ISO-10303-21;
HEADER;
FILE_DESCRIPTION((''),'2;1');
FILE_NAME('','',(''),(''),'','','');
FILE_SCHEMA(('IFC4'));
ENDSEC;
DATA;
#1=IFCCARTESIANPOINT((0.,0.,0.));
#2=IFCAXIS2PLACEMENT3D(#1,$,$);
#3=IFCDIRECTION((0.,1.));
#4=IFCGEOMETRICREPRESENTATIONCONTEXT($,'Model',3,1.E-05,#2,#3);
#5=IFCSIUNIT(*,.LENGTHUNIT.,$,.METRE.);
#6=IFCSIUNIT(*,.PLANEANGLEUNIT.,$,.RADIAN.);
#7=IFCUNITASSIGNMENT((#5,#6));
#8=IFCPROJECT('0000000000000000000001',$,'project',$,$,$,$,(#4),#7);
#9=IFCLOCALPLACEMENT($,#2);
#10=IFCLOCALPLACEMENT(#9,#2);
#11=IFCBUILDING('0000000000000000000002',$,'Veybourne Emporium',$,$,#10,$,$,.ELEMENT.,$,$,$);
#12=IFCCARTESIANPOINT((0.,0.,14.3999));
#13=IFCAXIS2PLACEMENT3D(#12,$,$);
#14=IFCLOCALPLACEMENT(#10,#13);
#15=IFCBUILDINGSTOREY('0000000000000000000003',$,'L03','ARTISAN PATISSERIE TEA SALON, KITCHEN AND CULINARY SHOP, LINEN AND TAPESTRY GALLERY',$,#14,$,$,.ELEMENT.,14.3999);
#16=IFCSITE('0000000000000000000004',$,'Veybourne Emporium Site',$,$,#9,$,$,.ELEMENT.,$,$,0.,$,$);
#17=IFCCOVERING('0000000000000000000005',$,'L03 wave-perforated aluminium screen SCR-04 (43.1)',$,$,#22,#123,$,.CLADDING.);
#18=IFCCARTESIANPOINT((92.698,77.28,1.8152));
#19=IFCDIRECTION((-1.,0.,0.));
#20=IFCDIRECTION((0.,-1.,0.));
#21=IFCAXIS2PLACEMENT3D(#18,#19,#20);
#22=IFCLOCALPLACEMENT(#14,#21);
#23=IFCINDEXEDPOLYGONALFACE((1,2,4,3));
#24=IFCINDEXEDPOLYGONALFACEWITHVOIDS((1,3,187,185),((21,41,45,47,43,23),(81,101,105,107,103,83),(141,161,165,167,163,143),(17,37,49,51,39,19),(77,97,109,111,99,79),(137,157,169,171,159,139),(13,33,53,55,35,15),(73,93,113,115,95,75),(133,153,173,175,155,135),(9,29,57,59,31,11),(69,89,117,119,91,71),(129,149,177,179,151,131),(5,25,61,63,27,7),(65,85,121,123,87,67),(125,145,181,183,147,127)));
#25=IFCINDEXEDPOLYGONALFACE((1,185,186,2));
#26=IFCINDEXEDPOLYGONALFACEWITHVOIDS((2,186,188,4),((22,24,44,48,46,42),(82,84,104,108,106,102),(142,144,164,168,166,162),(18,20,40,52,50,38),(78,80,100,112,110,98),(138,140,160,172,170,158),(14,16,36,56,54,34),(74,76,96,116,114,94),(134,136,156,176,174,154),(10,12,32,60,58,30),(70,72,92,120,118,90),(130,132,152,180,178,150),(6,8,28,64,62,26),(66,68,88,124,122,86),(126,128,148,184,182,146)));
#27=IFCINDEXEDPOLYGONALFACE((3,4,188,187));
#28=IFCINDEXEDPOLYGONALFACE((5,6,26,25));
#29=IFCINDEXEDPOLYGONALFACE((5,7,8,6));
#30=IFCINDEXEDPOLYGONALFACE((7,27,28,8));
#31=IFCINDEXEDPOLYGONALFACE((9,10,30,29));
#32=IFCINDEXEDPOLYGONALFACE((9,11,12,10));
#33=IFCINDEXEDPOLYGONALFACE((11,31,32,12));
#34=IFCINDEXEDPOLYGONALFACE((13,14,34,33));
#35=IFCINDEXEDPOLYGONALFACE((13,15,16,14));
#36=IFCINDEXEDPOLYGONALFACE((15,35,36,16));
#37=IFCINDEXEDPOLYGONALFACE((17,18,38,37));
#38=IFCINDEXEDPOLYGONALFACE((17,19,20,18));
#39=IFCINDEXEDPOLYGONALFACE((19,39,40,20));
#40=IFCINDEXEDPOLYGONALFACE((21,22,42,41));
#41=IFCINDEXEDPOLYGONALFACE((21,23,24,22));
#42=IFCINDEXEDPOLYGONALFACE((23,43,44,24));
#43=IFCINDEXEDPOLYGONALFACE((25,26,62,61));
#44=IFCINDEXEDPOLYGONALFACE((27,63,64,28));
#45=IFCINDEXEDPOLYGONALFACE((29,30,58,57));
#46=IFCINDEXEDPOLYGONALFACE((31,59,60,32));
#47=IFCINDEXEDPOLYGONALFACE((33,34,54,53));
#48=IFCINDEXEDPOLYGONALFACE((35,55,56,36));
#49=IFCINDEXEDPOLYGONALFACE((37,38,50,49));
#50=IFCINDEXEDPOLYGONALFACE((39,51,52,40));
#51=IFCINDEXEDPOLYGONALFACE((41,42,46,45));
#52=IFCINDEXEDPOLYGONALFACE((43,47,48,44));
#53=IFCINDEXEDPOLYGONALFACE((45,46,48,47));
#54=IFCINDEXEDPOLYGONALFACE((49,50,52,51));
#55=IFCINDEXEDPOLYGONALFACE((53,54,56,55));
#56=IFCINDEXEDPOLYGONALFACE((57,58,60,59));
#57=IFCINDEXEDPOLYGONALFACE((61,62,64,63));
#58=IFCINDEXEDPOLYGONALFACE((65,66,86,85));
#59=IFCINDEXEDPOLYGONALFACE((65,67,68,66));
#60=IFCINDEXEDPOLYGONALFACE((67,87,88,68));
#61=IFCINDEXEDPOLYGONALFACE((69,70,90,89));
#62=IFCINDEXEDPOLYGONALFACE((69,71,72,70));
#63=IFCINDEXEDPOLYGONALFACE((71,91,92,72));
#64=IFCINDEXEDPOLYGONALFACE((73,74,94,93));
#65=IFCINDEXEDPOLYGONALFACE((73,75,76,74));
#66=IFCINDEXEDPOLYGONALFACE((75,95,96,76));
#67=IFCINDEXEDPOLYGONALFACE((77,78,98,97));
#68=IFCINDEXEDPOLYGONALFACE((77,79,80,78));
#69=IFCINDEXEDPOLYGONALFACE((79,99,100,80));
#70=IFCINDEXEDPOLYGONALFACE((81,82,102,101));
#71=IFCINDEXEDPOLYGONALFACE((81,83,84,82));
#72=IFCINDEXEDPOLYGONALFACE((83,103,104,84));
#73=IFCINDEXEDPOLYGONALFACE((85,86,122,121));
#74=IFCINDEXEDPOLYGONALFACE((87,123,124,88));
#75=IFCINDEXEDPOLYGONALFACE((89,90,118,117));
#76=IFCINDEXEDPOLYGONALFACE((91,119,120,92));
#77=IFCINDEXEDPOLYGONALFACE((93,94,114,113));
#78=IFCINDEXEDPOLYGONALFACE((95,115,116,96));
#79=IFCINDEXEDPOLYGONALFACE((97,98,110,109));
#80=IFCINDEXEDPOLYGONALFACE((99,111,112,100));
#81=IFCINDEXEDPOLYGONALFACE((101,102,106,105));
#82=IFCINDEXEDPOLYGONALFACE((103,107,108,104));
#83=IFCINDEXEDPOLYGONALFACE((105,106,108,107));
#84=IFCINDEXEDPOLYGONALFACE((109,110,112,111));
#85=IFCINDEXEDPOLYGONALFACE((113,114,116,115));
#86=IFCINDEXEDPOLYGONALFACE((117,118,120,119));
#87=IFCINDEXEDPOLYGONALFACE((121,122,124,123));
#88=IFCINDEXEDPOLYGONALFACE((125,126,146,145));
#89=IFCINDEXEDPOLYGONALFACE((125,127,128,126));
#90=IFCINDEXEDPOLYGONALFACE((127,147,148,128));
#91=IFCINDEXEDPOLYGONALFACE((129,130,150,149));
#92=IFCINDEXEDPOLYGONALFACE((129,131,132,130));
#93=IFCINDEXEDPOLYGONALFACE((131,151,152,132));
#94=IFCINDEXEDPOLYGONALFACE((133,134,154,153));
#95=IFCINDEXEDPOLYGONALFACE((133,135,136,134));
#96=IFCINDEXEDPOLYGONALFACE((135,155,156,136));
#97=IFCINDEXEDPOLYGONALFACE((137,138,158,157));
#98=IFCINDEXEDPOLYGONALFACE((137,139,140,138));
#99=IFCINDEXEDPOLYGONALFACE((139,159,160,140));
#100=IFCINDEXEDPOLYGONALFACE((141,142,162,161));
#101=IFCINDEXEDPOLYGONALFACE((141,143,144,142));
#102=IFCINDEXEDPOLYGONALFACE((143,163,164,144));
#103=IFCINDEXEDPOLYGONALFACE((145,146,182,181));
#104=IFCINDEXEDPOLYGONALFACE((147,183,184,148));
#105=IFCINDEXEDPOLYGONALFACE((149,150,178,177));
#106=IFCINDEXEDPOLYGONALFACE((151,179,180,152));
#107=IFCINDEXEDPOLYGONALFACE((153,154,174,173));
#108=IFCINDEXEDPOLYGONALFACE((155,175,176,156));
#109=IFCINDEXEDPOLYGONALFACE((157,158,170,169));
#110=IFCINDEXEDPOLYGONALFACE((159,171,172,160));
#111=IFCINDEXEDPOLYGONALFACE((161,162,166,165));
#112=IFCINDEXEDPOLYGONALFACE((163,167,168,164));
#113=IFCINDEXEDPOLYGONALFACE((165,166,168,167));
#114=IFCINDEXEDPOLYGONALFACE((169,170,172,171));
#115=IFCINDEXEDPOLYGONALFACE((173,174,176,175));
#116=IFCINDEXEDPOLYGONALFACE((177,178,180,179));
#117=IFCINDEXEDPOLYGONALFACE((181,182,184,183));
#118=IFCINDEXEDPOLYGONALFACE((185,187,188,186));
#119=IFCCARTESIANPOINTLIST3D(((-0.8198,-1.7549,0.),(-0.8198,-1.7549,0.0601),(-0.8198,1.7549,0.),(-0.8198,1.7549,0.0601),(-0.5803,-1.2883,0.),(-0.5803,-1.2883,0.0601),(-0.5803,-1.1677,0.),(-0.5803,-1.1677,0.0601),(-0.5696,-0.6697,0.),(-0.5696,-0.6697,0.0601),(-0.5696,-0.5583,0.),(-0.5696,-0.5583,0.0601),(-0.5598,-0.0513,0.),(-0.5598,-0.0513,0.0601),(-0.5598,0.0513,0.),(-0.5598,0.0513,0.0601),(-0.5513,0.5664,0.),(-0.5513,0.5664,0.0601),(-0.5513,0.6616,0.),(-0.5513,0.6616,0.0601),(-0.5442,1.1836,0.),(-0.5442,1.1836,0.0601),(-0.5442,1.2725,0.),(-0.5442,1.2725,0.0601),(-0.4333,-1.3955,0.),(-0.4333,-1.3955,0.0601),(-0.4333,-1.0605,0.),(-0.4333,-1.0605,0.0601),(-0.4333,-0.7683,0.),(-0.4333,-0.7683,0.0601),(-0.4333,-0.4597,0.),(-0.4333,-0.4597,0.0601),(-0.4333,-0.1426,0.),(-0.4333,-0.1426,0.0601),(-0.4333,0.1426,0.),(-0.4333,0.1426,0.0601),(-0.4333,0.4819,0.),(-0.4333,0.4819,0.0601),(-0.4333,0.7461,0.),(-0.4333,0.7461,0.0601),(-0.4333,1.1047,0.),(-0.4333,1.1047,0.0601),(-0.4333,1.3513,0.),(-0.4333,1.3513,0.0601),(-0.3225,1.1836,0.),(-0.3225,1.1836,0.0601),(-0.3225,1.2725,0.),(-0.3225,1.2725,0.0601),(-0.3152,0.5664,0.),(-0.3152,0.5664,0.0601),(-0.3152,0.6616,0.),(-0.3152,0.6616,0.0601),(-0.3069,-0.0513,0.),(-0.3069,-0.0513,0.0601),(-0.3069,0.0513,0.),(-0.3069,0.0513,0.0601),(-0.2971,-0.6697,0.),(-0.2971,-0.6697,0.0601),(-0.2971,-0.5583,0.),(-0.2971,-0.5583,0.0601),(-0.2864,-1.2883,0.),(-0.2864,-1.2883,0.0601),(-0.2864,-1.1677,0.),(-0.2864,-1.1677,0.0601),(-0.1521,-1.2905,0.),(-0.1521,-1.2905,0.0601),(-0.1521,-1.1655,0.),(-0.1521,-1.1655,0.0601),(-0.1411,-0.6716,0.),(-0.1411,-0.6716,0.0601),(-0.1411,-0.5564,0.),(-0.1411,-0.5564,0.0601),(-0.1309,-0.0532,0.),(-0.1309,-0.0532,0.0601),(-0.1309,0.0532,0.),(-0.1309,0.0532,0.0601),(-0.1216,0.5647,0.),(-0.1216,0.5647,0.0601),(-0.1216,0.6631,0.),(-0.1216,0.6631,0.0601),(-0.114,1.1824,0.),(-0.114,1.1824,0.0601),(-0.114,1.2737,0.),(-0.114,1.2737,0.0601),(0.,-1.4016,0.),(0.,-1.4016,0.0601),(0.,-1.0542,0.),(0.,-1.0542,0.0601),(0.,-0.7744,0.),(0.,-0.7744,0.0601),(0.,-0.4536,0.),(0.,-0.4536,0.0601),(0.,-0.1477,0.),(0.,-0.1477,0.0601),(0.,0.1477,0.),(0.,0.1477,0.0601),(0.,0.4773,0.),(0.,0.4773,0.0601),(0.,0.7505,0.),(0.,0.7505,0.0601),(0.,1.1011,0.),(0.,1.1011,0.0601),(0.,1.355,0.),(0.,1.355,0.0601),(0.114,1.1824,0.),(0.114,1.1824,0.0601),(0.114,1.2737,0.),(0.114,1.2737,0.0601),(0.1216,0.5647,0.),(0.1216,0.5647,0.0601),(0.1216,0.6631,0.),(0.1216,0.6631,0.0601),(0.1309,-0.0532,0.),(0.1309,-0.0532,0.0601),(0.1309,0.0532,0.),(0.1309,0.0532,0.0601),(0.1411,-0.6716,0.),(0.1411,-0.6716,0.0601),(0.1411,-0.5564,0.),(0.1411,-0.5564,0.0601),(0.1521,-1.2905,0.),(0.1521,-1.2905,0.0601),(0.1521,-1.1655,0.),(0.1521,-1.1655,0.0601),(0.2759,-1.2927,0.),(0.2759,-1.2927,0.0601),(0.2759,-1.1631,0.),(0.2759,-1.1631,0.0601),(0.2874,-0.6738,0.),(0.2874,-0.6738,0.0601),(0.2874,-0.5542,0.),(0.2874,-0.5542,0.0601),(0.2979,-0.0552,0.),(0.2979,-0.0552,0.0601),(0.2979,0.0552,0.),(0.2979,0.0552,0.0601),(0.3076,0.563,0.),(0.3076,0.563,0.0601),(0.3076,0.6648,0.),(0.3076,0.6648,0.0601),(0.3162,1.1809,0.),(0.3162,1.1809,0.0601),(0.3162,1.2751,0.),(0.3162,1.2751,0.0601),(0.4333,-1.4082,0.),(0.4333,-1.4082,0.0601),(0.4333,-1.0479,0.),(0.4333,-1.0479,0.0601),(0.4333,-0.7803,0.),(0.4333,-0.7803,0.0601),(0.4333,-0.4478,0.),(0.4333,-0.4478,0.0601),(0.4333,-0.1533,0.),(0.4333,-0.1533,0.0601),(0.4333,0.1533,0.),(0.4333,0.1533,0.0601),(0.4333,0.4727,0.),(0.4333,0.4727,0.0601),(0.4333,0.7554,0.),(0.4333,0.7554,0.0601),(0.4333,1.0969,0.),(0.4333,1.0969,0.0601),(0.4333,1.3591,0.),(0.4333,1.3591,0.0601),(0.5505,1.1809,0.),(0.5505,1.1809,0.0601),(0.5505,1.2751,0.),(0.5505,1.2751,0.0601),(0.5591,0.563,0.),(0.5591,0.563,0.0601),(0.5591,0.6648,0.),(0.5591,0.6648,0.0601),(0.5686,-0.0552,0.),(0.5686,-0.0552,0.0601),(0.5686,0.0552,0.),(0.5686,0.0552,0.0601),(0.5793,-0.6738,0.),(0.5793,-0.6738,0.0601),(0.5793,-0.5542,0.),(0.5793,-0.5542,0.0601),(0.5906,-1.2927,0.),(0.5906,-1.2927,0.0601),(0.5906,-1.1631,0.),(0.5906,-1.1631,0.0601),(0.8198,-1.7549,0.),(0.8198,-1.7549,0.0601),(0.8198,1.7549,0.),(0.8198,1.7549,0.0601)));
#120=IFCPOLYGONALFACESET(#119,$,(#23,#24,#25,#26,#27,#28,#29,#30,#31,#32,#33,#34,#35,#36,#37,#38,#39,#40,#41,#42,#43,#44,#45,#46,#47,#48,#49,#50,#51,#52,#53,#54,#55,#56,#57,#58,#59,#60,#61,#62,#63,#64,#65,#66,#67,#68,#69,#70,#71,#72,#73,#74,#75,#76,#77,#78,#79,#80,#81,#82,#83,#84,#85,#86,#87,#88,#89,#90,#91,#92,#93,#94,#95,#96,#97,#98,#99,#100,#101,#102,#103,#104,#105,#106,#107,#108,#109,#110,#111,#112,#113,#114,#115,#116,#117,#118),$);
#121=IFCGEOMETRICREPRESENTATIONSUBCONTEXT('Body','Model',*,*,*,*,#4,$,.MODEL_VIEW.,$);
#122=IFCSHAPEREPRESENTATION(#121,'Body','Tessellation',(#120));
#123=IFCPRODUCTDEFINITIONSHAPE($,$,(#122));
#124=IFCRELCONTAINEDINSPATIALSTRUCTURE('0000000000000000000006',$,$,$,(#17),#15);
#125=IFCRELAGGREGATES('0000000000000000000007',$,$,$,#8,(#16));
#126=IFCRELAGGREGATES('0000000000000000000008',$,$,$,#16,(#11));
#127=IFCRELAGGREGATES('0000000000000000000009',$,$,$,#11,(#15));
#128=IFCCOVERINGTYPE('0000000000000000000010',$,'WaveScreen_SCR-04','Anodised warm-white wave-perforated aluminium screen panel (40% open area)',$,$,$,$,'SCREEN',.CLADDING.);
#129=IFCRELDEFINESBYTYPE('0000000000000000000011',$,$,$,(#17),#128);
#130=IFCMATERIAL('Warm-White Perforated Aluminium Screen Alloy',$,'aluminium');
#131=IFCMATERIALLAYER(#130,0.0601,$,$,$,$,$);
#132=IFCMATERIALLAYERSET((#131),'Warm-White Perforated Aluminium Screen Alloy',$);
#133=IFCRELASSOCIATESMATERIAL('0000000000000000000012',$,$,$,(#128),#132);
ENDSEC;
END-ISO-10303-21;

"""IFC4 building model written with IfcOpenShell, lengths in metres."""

from ifc_helpers import new_model, si_unit, direction, frame, origin, place, context, subcontext, project, spatial, polyline, outline, extrude, material, layer, layer_set, type_object, element, save


model = new_model("IFC4")

# Units and contexts
model_context = context("Model", 3, precision=1e-05, world=origin(), true_north=direction((0.0, 1.0)))
body_context = subcontext(model_context, "Body", "Model", "MODEL_VIEW")
ifc_project = project(units=[si_unit("LENGTHUNIT", "METRE"), si_unit("PLANEANGLEUNIT", "RADIAN")], contexts=[model_context])

# Site, building, storey
site_placement = place(None, origin())
site = spatial("IfcSite", under=ifc_project, at=site_placement, Name="Veybourne Emporium Site", CompositionType="ELEMENT", RefElevation=0.0)
building_placement = place(site_placement, origin())
building = spatial("IfcBuilding", under=site, at=building_placement, Name="Veybourne Emporium", CompositionType="ELEMENT")
storey_placement = place(building_placement, frame((0.0, 0.0, 14.3999)))
storey = spatial("IfcBuildingStorey", under=building, at=storey_placement, Name="L03", Description="ARTISAN PATISSERIE TEA SALON, KITCHEN AND CULINARY SHOP, LINEN AND TAPESTRY GALLERY", CompositionType="ELEMENT", Elevation=14.3999)

# Covering
ifc_material_1 = material(Name="Warm-White Perforated Aluminium Screen Alloy", Category="aluminium")
ifc_layer_1 = layer(ifc_material_1, 0.0601)
ifc_layer_set_1 = layer_set([ifc_layer_1], Name="Warm-White Perforated Aluminium Screen Alloy")
covering_type_1 = type_object("IfcCoveringType", Name="WaveScreen_SCR-04", Description="Anodised warm-white wave-perforated aluminium screen panel (40% open area)", ElementType="SCREEN", PredefinedType="CLADDING", material=ifc_layer_set_1)
covering_1_placement = place(storey_placement, frame((92.698, 77.28, 1.8152), z_axis=(-1.0, 0.0, 0.0), x_axis=(0.0, -1.0, 0.0)))
element("IfcCovering", 1, at=covering_1_placement, inside=storey, type_object=covering_type_1, Name="L03 wave-perforated aluminium screen SCR-04 (43.1)", PredefinedType="CLADDING", context=body_context, shape_type="SweptSolid", body=[
    extrude(outline(polyline([(-0.8198, -1.7549), (0.8198, -1.7549), (0.8198, 1.7549), (-0.8198, 1.7549), (-0.8198, -1.7549)]), holes=[polyline([(-0.4333, -1.0605), (-0.2864, -1.1677), (-0.2864, -1.2883), (-0.4333, -1.3955), (-0.5803, -1.2883), (-0.5803, -1.1677), (-0.4333, -1.0605)]), polyline([(-0.4333, -0.4597), (-0.2971, -0.5583), (-0.2971, -0.6697), (-0.4333, -0.7683), (-0.5696, -0.6697), (-0.5696, -0.5583), (-0.4333, -0.4597)]), polyline([(-0.4333, 0.1426), (-0.3069, 0.0513), (-0.3069, -0.0513), (-0.4333, -0.1426), (-0.5598, -0.0513), (-0.5598, 0.0513), (-0.4333, 0.1426)]), polyline([(-0.4333, 0.7461), (-0.3152, 0.6616), (-0.3152, 0.5664), (-0.4333, 0.4819), (-0.5513, 0.5664), (-0.5513, 0.6616), (-0.4333, 0.7461)]), polyline([(-0.4333, 1.3513), (-0.3225, 1.2725), (-0.3225, 1.1836), (-0.4333, 1.1047), (-0.5442, 1.1836), (-0.5442, 1.2725), (-0.4333, 1.3513)]), polyline([(0.0, -1.0542), (0.1521, -1.1655), (0.1521, -1.2905), (0.0, -1.4016), (-0.1521, -1.2905), (-0.1521, -1.1655), (0.0, -1.0542)]), polyline([(0.0, -0.4536), (0.1411, -0.5564), (0.1411, -0.6716), (0.0, -0.7744), (-0.1411, -0.6716), (-0.1411, -0.5564), (0.0, -0.4536)]), polyline([(0.0, 0.1477), (0.1309, 0.0532), (0.1309, -0.0532), (0.0, -0.1477), (-0.1309, -0.0532), (-0.1309, 0.0532), (0.0, 0.1477)]), polyline([(0.0, 0.7505), (0.1216, 0.6631), (0.1216, 0.5647), (0.0, 0.4773), (-0.1216, 0.5647), (-0.1216, 0.6631), (0.0, 0.7505)]), polyline([(0.0, 1.355), (0.114, 1.2737), (0.114, 1.1824), (0.0, 1.1011), (-0.114, 1.1824), (-0.114, 1.2737), (0.0, 1.355)]), polyline([(0.4333, -1.0479), (0.5906, -1.1631), (0.5906, -1.2927), (0.4333, -1.4082), (0.2759, -1.2927), (0.2759, -1.1631), (0.4333, -1.0479)]), polyline([(0.4333, -0.4478), (0.5793, -0.5542), (0.5793, -0.6738), (0.4333, -0.7803), (0.2874, -0.6738), (0.2874, -0.5542), (0.4333, -0.4478)]), polyline([(0.4333, 0.1533), (0.5686, 0.0552), (0.5686, -0.0552), (0.4333, -0.1533), (0.2979, -0.0552), (0.2979, 0.0552), (0.4333, 0.1533)]), polyline([(0.4333, 0.7554), (0.5591, 0.6648), (0.5591, 0.563), (0.4333, 0.4727), (0.3076, 0.563), (0.3076, 0.6648), (0.4333, 0.7554)]), polyline([(0.4333, 1.3591), (0.5505, 1.2751), (0.5505, 1.1809), (0.4333, 1.0969), (0.3162, 1.1809), (0.3162, 1.2751), (0.4333, 1.3591)])]), origin(), (0.0, 0.0, 1.0), 0.0601),
])

save(model, "model.ifc")
